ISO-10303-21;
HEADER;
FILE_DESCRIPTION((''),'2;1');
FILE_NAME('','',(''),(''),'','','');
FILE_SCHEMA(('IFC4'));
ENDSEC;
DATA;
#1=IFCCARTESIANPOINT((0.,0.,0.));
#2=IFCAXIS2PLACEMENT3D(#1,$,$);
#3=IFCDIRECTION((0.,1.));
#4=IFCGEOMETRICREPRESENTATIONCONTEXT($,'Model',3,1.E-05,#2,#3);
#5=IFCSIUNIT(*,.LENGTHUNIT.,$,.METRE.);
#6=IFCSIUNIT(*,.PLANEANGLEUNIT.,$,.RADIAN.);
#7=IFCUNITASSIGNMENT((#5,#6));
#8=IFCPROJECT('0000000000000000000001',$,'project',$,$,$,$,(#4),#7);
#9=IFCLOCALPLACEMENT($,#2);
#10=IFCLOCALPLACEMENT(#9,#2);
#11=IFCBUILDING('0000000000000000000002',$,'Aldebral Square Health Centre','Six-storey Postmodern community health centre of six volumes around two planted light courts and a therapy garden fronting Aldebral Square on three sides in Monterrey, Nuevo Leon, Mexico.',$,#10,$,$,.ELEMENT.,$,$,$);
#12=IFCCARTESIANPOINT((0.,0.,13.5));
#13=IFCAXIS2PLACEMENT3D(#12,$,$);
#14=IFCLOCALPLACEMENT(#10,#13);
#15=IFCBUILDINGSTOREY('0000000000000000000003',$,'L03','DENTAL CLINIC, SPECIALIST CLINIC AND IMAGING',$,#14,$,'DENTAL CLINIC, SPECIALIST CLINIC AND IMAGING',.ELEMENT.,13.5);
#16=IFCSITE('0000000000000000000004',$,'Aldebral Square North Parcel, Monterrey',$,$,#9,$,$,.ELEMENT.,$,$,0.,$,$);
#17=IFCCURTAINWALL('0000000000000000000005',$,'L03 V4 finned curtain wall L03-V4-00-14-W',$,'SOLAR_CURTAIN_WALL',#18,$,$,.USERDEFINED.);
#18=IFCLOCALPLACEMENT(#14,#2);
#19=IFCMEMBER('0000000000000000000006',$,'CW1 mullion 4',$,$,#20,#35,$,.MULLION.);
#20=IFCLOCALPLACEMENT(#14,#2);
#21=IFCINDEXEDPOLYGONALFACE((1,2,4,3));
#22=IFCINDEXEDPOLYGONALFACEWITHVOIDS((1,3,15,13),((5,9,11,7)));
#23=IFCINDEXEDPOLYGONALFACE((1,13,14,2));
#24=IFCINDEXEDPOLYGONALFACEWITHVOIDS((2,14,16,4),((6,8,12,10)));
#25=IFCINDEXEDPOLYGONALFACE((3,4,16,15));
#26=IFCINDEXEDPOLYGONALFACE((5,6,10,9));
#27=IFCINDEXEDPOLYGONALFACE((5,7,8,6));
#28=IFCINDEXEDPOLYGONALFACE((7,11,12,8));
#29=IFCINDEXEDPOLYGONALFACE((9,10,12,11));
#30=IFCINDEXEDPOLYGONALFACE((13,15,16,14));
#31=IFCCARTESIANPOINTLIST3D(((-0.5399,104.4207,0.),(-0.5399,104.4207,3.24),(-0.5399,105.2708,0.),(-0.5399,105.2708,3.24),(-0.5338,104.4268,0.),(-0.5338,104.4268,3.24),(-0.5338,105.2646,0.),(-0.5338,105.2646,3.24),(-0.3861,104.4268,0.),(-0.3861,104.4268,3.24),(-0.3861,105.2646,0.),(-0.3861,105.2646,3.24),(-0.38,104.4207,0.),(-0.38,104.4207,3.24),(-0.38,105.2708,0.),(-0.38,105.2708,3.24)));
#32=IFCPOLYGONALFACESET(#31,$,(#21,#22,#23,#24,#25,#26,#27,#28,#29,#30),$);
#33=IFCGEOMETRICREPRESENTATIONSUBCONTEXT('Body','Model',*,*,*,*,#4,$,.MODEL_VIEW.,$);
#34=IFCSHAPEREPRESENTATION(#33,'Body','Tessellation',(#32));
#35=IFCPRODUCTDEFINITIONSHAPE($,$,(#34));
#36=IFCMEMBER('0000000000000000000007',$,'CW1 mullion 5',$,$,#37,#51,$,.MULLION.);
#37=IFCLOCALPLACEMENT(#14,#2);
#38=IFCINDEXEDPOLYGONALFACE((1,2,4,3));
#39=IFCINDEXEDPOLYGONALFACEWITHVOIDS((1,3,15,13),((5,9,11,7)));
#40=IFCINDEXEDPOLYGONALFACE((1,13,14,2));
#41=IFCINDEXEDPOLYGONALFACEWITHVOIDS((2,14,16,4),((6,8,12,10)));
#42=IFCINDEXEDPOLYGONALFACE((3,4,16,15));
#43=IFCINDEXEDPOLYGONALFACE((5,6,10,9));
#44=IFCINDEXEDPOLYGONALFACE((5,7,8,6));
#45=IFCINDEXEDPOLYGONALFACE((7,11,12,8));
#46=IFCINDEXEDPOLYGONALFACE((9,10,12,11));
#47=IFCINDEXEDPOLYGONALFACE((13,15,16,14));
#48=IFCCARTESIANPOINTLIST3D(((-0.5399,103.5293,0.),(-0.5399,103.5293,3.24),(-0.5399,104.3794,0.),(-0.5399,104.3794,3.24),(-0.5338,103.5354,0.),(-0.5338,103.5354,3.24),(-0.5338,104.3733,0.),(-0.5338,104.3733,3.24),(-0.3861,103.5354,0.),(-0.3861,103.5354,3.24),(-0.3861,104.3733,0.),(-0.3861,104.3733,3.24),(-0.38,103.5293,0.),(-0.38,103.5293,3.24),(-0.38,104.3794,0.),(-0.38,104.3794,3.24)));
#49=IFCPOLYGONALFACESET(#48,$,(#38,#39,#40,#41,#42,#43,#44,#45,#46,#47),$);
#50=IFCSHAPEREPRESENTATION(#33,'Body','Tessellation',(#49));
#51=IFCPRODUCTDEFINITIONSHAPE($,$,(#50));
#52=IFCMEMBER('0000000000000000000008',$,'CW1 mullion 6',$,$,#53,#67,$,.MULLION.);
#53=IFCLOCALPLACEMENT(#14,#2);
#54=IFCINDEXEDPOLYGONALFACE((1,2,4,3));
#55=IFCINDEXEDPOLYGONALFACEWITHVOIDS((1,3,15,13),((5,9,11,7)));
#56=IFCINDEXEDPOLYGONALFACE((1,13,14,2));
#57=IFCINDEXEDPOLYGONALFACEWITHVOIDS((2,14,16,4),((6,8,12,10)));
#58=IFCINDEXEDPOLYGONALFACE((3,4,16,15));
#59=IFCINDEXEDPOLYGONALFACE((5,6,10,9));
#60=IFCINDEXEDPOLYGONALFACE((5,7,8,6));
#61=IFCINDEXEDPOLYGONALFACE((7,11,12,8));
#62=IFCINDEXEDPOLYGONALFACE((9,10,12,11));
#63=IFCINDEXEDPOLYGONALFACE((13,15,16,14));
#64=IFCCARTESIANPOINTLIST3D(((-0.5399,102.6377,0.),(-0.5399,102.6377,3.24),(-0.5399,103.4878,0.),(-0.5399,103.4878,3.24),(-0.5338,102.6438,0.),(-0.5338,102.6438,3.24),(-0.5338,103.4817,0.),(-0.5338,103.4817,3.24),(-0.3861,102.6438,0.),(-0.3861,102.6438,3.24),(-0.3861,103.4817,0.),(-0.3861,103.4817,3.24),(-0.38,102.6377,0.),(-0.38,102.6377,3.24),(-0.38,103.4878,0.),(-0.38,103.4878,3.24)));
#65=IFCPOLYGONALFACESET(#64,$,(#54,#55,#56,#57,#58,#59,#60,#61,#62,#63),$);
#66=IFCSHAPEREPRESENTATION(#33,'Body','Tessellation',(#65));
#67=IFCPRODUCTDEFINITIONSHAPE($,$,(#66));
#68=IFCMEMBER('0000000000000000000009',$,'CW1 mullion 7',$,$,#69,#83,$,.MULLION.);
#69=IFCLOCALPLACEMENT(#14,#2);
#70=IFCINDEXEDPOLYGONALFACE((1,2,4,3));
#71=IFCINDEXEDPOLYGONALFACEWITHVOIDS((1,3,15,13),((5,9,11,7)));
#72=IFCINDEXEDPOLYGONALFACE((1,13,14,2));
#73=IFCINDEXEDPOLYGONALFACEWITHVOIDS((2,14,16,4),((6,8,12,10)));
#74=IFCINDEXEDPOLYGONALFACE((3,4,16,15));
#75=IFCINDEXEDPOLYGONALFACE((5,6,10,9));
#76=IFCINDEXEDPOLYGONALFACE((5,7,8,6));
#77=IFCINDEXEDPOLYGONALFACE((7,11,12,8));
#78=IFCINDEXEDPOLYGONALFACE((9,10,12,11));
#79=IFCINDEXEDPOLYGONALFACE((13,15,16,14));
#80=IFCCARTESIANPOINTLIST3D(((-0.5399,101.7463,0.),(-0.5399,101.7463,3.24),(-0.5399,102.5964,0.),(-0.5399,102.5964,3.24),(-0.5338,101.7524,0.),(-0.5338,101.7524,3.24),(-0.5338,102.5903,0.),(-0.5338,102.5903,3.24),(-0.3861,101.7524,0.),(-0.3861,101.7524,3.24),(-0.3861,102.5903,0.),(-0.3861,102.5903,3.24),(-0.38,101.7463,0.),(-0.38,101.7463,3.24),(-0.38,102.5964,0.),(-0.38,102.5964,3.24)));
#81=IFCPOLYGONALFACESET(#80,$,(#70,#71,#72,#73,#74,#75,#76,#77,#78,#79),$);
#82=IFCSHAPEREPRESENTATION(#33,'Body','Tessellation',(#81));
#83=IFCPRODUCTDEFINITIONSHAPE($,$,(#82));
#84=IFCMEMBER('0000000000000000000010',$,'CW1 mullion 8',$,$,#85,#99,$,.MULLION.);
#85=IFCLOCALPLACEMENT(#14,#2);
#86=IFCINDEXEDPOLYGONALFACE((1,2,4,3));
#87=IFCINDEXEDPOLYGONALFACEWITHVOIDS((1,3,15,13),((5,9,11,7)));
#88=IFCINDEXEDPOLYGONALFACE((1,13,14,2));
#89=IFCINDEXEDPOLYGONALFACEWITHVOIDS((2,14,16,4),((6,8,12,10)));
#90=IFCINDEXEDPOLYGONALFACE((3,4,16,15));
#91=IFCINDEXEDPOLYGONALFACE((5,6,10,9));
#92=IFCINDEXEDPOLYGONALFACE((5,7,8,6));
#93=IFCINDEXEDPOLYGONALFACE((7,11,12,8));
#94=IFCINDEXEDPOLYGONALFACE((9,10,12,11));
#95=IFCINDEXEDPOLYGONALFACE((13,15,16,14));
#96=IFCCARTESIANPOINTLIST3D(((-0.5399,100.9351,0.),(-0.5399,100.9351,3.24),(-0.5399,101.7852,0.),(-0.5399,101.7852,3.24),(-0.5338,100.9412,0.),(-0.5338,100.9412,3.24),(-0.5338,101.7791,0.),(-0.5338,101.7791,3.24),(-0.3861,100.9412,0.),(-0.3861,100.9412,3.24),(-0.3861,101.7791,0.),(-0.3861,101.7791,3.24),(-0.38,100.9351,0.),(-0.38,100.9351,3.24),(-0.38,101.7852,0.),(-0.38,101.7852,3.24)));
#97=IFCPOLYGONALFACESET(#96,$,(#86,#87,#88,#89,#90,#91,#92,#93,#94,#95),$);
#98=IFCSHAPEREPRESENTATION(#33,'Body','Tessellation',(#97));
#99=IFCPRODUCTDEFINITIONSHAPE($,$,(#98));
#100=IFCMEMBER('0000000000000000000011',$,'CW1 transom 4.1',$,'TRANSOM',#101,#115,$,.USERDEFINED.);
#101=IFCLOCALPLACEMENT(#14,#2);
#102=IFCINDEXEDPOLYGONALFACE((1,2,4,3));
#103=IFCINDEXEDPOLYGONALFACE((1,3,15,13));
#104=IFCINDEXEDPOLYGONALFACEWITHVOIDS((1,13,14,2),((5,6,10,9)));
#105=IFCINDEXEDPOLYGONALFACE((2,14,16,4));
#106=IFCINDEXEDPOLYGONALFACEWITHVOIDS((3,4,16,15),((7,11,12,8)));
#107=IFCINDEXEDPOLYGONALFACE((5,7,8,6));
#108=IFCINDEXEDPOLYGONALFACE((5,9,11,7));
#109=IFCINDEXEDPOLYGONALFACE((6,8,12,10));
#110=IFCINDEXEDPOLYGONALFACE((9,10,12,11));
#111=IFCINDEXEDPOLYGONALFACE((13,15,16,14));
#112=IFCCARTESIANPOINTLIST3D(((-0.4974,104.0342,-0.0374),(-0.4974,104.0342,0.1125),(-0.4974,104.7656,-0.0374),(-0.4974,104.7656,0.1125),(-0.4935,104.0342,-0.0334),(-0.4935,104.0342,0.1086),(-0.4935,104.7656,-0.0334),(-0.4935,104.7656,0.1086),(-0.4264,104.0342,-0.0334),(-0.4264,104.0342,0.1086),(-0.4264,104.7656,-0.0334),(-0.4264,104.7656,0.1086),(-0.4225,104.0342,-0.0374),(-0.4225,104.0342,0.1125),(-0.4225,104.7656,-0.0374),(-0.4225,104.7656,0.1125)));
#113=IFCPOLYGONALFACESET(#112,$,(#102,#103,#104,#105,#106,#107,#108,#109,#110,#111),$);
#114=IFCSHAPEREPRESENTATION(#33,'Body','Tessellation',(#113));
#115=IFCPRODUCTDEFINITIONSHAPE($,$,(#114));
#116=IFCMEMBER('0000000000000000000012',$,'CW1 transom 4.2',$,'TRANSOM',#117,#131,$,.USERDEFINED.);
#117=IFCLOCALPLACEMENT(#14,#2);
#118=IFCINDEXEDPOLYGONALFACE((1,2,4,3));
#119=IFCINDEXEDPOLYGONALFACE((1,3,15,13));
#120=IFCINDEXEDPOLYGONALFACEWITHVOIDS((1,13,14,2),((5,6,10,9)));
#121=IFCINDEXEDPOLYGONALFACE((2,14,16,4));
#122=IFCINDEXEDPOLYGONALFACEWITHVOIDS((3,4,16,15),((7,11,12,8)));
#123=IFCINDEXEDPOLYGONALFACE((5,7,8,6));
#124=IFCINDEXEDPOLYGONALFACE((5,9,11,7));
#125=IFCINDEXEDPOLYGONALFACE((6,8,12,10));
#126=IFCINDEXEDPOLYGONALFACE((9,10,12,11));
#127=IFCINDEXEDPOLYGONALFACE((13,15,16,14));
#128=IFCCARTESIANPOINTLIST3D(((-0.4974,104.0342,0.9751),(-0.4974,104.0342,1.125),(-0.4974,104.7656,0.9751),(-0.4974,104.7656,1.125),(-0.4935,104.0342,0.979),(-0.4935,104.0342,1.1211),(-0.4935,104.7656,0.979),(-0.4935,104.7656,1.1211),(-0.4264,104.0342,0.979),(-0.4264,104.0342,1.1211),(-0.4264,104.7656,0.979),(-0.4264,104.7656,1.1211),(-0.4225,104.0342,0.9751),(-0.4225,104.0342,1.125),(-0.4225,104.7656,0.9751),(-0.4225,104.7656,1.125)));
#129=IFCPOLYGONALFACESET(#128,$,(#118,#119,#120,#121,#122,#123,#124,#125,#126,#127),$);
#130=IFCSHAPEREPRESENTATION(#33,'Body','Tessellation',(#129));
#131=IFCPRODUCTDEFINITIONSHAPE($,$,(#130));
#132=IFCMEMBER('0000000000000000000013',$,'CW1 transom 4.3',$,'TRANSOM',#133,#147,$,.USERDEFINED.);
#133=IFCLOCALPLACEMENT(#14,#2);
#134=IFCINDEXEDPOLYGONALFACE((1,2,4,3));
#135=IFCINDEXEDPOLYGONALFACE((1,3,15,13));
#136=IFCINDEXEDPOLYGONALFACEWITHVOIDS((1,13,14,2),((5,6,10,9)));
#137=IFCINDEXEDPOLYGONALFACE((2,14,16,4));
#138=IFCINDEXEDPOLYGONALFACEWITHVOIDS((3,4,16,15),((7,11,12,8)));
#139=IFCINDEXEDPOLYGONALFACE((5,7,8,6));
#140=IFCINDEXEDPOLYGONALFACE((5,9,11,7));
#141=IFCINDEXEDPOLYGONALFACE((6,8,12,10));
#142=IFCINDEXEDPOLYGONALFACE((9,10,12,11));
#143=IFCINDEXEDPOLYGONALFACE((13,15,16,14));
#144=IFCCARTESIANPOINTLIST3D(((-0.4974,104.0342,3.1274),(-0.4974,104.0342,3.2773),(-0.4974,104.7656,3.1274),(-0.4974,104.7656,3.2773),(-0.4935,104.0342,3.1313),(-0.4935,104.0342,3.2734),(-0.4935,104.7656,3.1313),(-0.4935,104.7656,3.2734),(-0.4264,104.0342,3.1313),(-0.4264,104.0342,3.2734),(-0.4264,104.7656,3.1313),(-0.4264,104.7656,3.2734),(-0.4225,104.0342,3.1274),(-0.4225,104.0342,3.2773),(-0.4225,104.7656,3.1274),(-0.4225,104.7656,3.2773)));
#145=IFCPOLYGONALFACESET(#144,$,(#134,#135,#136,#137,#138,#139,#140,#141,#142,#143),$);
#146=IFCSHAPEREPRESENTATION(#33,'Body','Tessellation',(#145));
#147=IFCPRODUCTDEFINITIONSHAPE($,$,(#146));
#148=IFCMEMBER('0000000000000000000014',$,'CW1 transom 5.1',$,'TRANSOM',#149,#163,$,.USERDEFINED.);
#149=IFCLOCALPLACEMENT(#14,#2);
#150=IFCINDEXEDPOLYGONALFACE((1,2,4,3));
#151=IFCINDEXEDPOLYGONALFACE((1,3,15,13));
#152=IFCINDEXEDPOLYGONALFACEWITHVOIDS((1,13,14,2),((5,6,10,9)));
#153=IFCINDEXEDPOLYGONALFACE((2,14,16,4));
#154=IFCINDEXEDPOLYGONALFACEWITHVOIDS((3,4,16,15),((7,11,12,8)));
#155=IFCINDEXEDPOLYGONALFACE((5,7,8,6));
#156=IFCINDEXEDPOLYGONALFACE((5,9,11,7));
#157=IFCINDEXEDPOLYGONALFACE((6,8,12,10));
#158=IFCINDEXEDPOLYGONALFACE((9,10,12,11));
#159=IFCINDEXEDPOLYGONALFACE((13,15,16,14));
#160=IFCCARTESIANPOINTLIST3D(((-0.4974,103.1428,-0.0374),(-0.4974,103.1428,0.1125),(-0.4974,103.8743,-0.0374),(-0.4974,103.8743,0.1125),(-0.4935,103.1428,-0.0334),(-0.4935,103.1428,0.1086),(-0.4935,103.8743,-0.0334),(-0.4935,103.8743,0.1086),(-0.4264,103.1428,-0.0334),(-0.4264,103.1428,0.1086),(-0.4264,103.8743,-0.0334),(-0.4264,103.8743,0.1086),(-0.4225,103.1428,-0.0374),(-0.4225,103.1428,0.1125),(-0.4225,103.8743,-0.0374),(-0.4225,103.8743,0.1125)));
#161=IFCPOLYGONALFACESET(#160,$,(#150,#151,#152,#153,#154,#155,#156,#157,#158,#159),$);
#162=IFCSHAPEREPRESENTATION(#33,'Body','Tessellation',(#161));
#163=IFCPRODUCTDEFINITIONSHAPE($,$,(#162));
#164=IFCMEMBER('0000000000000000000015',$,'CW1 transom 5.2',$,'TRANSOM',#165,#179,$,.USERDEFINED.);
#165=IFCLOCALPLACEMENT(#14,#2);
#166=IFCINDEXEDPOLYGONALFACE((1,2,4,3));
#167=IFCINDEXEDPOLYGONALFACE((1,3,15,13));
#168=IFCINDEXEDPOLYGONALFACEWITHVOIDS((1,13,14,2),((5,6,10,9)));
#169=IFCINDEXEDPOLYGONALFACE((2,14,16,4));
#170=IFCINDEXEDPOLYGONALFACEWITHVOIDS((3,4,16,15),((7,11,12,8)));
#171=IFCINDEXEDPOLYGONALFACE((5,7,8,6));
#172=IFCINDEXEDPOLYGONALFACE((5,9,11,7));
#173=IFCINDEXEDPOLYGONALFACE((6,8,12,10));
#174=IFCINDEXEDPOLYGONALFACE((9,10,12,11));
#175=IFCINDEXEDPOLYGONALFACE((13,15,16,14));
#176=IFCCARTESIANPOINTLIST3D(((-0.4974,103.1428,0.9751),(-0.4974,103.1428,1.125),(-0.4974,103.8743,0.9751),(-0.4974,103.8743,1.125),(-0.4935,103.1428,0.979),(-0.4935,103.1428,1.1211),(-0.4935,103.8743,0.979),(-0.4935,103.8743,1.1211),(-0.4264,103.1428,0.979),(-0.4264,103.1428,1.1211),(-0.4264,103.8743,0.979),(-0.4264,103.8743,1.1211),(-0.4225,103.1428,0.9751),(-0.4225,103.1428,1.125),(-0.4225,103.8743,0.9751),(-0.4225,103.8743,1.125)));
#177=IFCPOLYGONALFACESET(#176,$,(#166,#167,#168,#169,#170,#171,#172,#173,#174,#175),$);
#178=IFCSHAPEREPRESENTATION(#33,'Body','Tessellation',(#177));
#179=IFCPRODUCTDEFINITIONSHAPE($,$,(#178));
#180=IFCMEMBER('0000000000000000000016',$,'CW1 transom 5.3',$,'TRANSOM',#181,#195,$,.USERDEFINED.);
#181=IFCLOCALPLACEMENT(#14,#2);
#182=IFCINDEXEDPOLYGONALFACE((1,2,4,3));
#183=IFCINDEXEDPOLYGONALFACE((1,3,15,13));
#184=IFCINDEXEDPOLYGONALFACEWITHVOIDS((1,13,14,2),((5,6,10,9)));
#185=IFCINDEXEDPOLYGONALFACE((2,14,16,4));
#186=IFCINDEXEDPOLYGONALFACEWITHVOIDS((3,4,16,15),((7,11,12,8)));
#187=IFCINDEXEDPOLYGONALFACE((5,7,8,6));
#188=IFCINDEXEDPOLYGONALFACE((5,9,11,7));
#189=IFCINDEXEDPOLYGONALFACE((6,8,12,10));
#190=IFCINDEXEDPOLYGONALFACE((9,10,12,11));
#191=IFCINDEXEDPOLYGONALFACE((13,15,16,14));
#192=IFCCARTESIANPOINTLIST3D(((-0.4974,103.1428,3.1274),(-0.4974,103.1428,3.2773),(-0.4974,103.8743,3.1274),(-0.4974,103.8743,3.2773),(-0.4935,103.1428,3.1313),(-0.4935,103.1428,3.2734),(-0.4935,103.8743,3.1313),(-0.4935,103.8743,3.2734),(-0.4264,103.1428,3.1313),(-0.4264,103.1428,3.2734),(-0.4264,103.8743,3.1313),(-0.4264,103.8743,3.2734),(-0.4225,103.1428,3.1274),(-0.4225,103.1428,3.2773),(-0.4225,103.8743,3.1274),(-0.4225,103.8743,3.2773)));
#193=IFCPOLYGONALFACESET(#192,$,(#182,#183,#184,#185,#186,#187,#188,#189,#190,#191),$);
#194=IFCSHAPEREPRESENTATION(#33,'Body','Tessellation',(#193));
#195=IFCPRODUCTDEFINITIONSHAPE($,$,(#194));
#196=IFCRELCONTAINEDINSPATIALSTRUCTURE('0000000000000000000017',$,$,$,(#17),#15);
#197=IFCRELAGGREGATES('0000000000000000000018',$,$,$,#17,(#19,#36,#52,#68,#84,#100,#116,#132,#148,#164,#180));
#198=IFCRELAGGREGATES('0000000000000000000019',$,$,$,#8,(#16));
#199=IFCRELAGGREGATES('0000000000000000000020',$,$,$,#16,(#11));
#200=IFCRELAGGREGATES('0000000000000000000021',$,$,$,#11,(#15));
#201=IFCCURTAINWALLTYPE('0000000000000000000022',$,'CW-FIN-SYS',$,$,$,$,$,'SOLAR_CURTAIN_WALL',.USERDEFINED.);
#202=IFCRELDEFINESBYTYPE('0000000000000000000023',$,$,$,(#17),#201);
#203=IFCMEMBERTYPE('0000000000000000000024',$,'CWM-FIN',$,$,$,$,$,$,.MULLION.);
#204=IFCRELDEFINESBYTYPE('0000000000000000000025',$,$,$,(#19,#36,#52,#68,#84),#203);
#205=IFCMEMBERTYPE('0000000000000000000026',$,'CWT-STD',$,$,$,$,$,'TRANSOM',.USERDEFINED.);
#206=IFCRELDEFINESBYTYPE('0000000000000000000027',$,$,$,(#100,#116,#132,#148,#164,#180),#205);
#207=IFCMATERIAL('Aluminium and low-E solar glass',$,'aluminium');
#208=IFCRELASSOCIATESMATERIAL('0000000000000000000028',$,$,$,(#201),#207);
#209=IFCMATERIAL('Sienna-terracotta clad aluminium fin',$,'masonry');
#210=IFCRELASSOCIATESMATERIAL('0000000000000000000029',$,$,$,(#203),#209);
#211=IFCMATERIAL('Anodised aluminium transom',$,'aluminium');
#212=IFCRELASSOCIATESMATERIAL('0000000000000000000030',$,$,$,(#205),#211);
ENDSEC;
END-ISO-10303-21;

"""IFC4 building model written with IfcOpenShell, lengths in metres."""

from ifc_helpers import new_model, si_unit, direction, frame, origin, origin_2d, place, context, subcontext, project, spatial, hollow_rectangle, extrude, material, material_profile, profile_set, type_object, element, aggregate, save


model = new_model("IFC4")

# Units and contexts
model_context = context("Model", 3, precision=1e-05, world=origin(), true_north=direction((0.0, 1.0)))
body_context = subcontext(model_context, "Body", "Model", "MODEL_VIEW")
ifc_project = project(units=[si_unit("LENGTHUNIT", "METRE"), si_unit("PLANEANGLEUNIT", "RADIAN")], contexts=[model_context])

# Site, building, storey
site_placement = place(None, origin())
site = spatial("IfcSite", under=ifc_project, at=site_placement, Name="Aldebral Square North Parcel, Monterrey", CompositionType="ELEMENT", RefElevation=0.0)
building_placement = place(site_placement, origin())
building = spatial("IfcBuilding", under=site, at=building_placement, Name="Aldebral Square Health Centre", Description="Six-storey Postmodern community health centre of six volumes around two planted light courts and a therapy garden fronting Aldebral Square on three sides in Monterrey, Nuevo Leon, Mexico.", CompositionType="ELEMENT")
storey_placement = place(building_placement, frame((0.0, 0.0, 13.5)))
storey = spatial("IfcBuildingStorey", under=building, at=storey_placement, Name="L03", Description="DENTAL CLINIC, SPECIALIST CLINIC AND IMAGING", LongName="DENTAL CLINIC, SPECIALIST CLINIC AND IMAGING", CompositionType="ELEMENT", Elevation=13.5)

# Curtain wall, members
ifc_material_1 = material(Name="Aluminium and low-E solar glass", Category="aluminium")
curtain_wall_type = type_object("IfcCurtainWallType", Name="CW-FIN-SYS", ElementType="SOLAR_CURTAIN_WALL", PredefinedType="USERDEFINED", material=ifc_material_1)
curtain_wall_placement = place(storey_placement, origin())
curtain_wall = element("IfcCurtainWall", 1, at=curtain_wall_placement, inside=storey, type_object=curtain_wall_type, Name="L03 V4 finned curtain wall L03-V4-00-14-W", ObjectType="SOLAR_CURTAIN_WALL", PredefinedType="USERDEFINED")
ifc_material_2 = material(Name="Sienna-terracotta clad aluminium fin", Category="masonry")
ifc_material_profile_1 = material_profile(ifc_material_2, hollow_rectangle(XDim=0.1599, YDim=0.8501, WallThickness=0.0061, at=origin_2d()), Name="FIN 160x850x6")
ifc_profile_set_1 = profile_set([ifc_material_profile_1], Name="Sienna-terracotta clad aluminium fin")
member_type_1 = type_object("IfcMemberType", Name="CWM-FIN", PredefinedType="MULLION", material=ifc_profile_set_1)
member_1_placement = place(storey_placement, frame((-0.46, 104.8457, 0.0), z_axis=(0.0, 0.0, 1.0), x_axis=(1.0, 0.0, 0.0)))
member_1 = element("IfcMember", 2, at=member_1_placement, type_object=member_type_1, Name="CW1 mullion 4", PredefinedType="MULLION", context=body_context, shape_type="SweptSolid", body=[
    extrude(hollow_rectangle(XDim=0.1599, YDim=0.8501, WallThickness=0.0061, at=origin_2d()), origin(), (0.0, 0.0, 1.0), 3.24),
])
member_2_placement = place(storey_placement, frame((-0.46, 103.9543, 0.0), z_axis=(0.0, 0.0, 1.0), x_axis=(1.0, 0.0, 0.0)))
member_2 = element("IfcMember", 3, at=member_2_placement, type_object=member_type_1, Name="CW1 mullion 5", PredefinedType="MULLION", context=body_context, shape_type="SweptSolid", body=[
    extrude(hollow_rectangle(XDim=0.1599, YDim=0.8501, WallThickness=0.0061, at=origin_2d()), origin(), (0.0, 0.0, 1.0), 3.24),
])
member_3_placement = place(storey_placement, frame((-0.46, 103.0627, 0.0), z_axis=(0.0, 0.0, 1.0), x_axis=(1.0, 0.0, 0.0)))
member_3 = element("IfcMember", 4, at=member_3_placement, type_object=member_type_1, Name="CW1 mullion 6", PredefinedType="MULLION", context=body_context, shape_type="SweptSolid", body=[
    extrude(hollow_rectangle(XDim=0.1599, YDim=0.8501, WallThickness=0.0061, at=origin_2d()), origin(), (0.0, 0.0, 1.0), 3.24),
])
member_4_placement = place(storey_placement, frame((-0.46, 102.1714, 0.0), z_axis=(0.0, 0.0, 1.0), x_axis=(1.0, 0.0, 0.0)))
member_4 = element("IfcMember", 5, at=member_4_placement, type_object=member_type_1, Name="CW1 mullion 7", PredefinedType="MULLION", context=body_context, shape_type="SweptSolid", body=[
    extrude(hollow_rectangle(XDim=0.1599, YDim=0.8501, WallThickness=0.0061, at=origin_2d()), origin(), (0.0, 0.0, 1.0), 3.24),
])
member_5_placement = place(storey_placement, frame((-0.46, 101.3601, 0.0), z_axis=(0.0, 0.0, 1.0), x_axis=(1.0, 0.0, 0.0)))
member_5 = element("IfcMember", 6, at=member_5_placement, type_object=member_type_1, Name="CW1 mullion 8", PredefinedType="MULLION", context=body_context, shape_type="SweptSolid", body=[
    extrude(hollow_rectangle(XDim=0.1599, YDim=0.8501, WallThickness=0.0061, at=origin_2d()), origin(), (0.0, 0.0, 1.0), 3.24),
])
ifc_material_3 = material(Name="Anodised aluminium transom", Category="aluminium")
ifc_material_profile_2 = material_profile(ifc_material_3, hollow_rectangle(XDim=0.075, YDim=0.1499, WallThickness=0.0039, at=origin_2d()), Name="CWT 75x150x4")
ifc_profile_set_2 = profile_set([ifc_material_profile_2], Name="Anodised aluminium transom")
member_type_2 = type_object("IfcMemberType", Name="CWT-STD", ElementType="TRANSOM", PredefinedType="USERDEFINED", material=ifc_profile_set_2)
member_6_placement = place(storey_placement, frame((-0.46, 104.7656, 0.0376), z_axis=(0.0, -1.0, 0.0), x_axis=(1.0, 0.0, 0.0)))
member_6 = element("IfcMember", 7, at=member_6_placement, type_object=member_type_2, Name="CW1 transom 4.1", ObjectType="TRANSOM", PredefinedType="USERDEFINED", context=body_context, shape_type="SweptSolid", body=[
    extrude(hollow_rectangle(XDim=0.075, YDim=0.1499, WallThickness=0.0039, at=origin_2d()), origin(), (0.0, 0.0, 1.0), 0.7314),
])
member_7_placement = place(storey_placement, frame((-0.46, 104.7656, 1.05), z_axis=(0.0, -1.0, 0.0), x_axis=(1.0, 0.0, 0.0)))
member_7 = element("IfcMember", 8, at=member_7_placement, type_object=member_type_2, Name="CW1 transom 4.2", ObjectType="TRANSOM", PredefinedType="USERDEFINED", context=body_context, shape_type="SweptSolid", body=[
    extrude(hollow_rectangle(XDim=0.075, YDim=0.1499, WallThickness=0.0039, at=origin_2d()), origin(), (0.0, 0.0, 1.0), 0.7314),
])
member_8_placement = place(storey_placement, frame((-0.46, 104.7656, 3.2024), z_axis=(0.0, -1.0, 0.0), x_axis=(1.0, 0.0, 0.0)))
member_8 = element("IfcMember", 9, at=member_8_placement, type_object=member_type_2, Name="CW1 transom 4.3", ObjectType="TRANSOM", PredefinedType="USERDEFINED", context=body_context, shape_type="SweptSolid", body=[
    extrude(hollow_rectangle(XDim=0.075, YDim=0.1499, WallThickness=0.0039, at=origin_2d()), origin(), (0.0, 0.0, 1.0), 0.7314),
])
member_9_placement = place(storey_placement, frame((-0.46, 103.8743, 0.0376), z_axis=(0.0, -1.0, 0.0), x_axis=(1.0, 0.0, 0.0)))
member_9 = element("IfcMember", 10, at=member_9_placement, type_object=member_type_2, Name="CW1 transom 5.1", ObjectType="TRANSOM", PredefinedType="USERDEFINED", context=body_context, shape_type="SweptSolid", body=[
    extrude(hollow_rectangle(XDim=0.075, YDim=0.1499, WallThickness=0.0039, at=origin_2d()), origin(), (0.0, 0.0, 1.0), 0.7314),
])
member_10_placement = place(storey_placement, frame((-0.46, 103.8743, 1.05), z_axis=(0.0, -1.0, 0.0), x_axis=(1.0, 0.0, 0.0)))
member_10 = element("IfcMember", 11, at=member_10_placement, type_object=member_type_2, Name="CW1 transom 5.2", ObjectType="TRANSOM", PredefinedType="USERDEFINED", context=body_context, shape_type="SweptSolid", body=[
    extrude(hollow_rectangle(XDim=0.075, YDim=0.1499, WallThickness=0.0039, at=origin_2d()), origin(), (0.0, 0.0, 1.0), 0.7314),
])
member_11_placement = place(storey_placement, frame((-0.46, 103.8743, 3.2024), z_axis=(0.0, -1.0, 0.0), x_axis=(1.0, 0.0, 0.0)))
member_11 = element("IfcMember", 12, at=member_11_placement, type_object=member_type_2, Name="CW1 transom 5.3", ObjectType="TRANSOM", PredefinedType="USERDEFINED", context=body_context, shape_type="SweptSolid", body=[
    extrude(hollow_rectangle(XDim=0.075, YDim=0.1499, WallThickness=0.0039, at=origin_2d()), origin(), (0.0, 0.0, 1.0), 0.7314),
])
aggregate(curtain_wall, [member_1, member_2, member_3, member_4, member_5, member_6, member_7, member_8, member_9, member_10, member_11])

save(model, "model.ifc")
